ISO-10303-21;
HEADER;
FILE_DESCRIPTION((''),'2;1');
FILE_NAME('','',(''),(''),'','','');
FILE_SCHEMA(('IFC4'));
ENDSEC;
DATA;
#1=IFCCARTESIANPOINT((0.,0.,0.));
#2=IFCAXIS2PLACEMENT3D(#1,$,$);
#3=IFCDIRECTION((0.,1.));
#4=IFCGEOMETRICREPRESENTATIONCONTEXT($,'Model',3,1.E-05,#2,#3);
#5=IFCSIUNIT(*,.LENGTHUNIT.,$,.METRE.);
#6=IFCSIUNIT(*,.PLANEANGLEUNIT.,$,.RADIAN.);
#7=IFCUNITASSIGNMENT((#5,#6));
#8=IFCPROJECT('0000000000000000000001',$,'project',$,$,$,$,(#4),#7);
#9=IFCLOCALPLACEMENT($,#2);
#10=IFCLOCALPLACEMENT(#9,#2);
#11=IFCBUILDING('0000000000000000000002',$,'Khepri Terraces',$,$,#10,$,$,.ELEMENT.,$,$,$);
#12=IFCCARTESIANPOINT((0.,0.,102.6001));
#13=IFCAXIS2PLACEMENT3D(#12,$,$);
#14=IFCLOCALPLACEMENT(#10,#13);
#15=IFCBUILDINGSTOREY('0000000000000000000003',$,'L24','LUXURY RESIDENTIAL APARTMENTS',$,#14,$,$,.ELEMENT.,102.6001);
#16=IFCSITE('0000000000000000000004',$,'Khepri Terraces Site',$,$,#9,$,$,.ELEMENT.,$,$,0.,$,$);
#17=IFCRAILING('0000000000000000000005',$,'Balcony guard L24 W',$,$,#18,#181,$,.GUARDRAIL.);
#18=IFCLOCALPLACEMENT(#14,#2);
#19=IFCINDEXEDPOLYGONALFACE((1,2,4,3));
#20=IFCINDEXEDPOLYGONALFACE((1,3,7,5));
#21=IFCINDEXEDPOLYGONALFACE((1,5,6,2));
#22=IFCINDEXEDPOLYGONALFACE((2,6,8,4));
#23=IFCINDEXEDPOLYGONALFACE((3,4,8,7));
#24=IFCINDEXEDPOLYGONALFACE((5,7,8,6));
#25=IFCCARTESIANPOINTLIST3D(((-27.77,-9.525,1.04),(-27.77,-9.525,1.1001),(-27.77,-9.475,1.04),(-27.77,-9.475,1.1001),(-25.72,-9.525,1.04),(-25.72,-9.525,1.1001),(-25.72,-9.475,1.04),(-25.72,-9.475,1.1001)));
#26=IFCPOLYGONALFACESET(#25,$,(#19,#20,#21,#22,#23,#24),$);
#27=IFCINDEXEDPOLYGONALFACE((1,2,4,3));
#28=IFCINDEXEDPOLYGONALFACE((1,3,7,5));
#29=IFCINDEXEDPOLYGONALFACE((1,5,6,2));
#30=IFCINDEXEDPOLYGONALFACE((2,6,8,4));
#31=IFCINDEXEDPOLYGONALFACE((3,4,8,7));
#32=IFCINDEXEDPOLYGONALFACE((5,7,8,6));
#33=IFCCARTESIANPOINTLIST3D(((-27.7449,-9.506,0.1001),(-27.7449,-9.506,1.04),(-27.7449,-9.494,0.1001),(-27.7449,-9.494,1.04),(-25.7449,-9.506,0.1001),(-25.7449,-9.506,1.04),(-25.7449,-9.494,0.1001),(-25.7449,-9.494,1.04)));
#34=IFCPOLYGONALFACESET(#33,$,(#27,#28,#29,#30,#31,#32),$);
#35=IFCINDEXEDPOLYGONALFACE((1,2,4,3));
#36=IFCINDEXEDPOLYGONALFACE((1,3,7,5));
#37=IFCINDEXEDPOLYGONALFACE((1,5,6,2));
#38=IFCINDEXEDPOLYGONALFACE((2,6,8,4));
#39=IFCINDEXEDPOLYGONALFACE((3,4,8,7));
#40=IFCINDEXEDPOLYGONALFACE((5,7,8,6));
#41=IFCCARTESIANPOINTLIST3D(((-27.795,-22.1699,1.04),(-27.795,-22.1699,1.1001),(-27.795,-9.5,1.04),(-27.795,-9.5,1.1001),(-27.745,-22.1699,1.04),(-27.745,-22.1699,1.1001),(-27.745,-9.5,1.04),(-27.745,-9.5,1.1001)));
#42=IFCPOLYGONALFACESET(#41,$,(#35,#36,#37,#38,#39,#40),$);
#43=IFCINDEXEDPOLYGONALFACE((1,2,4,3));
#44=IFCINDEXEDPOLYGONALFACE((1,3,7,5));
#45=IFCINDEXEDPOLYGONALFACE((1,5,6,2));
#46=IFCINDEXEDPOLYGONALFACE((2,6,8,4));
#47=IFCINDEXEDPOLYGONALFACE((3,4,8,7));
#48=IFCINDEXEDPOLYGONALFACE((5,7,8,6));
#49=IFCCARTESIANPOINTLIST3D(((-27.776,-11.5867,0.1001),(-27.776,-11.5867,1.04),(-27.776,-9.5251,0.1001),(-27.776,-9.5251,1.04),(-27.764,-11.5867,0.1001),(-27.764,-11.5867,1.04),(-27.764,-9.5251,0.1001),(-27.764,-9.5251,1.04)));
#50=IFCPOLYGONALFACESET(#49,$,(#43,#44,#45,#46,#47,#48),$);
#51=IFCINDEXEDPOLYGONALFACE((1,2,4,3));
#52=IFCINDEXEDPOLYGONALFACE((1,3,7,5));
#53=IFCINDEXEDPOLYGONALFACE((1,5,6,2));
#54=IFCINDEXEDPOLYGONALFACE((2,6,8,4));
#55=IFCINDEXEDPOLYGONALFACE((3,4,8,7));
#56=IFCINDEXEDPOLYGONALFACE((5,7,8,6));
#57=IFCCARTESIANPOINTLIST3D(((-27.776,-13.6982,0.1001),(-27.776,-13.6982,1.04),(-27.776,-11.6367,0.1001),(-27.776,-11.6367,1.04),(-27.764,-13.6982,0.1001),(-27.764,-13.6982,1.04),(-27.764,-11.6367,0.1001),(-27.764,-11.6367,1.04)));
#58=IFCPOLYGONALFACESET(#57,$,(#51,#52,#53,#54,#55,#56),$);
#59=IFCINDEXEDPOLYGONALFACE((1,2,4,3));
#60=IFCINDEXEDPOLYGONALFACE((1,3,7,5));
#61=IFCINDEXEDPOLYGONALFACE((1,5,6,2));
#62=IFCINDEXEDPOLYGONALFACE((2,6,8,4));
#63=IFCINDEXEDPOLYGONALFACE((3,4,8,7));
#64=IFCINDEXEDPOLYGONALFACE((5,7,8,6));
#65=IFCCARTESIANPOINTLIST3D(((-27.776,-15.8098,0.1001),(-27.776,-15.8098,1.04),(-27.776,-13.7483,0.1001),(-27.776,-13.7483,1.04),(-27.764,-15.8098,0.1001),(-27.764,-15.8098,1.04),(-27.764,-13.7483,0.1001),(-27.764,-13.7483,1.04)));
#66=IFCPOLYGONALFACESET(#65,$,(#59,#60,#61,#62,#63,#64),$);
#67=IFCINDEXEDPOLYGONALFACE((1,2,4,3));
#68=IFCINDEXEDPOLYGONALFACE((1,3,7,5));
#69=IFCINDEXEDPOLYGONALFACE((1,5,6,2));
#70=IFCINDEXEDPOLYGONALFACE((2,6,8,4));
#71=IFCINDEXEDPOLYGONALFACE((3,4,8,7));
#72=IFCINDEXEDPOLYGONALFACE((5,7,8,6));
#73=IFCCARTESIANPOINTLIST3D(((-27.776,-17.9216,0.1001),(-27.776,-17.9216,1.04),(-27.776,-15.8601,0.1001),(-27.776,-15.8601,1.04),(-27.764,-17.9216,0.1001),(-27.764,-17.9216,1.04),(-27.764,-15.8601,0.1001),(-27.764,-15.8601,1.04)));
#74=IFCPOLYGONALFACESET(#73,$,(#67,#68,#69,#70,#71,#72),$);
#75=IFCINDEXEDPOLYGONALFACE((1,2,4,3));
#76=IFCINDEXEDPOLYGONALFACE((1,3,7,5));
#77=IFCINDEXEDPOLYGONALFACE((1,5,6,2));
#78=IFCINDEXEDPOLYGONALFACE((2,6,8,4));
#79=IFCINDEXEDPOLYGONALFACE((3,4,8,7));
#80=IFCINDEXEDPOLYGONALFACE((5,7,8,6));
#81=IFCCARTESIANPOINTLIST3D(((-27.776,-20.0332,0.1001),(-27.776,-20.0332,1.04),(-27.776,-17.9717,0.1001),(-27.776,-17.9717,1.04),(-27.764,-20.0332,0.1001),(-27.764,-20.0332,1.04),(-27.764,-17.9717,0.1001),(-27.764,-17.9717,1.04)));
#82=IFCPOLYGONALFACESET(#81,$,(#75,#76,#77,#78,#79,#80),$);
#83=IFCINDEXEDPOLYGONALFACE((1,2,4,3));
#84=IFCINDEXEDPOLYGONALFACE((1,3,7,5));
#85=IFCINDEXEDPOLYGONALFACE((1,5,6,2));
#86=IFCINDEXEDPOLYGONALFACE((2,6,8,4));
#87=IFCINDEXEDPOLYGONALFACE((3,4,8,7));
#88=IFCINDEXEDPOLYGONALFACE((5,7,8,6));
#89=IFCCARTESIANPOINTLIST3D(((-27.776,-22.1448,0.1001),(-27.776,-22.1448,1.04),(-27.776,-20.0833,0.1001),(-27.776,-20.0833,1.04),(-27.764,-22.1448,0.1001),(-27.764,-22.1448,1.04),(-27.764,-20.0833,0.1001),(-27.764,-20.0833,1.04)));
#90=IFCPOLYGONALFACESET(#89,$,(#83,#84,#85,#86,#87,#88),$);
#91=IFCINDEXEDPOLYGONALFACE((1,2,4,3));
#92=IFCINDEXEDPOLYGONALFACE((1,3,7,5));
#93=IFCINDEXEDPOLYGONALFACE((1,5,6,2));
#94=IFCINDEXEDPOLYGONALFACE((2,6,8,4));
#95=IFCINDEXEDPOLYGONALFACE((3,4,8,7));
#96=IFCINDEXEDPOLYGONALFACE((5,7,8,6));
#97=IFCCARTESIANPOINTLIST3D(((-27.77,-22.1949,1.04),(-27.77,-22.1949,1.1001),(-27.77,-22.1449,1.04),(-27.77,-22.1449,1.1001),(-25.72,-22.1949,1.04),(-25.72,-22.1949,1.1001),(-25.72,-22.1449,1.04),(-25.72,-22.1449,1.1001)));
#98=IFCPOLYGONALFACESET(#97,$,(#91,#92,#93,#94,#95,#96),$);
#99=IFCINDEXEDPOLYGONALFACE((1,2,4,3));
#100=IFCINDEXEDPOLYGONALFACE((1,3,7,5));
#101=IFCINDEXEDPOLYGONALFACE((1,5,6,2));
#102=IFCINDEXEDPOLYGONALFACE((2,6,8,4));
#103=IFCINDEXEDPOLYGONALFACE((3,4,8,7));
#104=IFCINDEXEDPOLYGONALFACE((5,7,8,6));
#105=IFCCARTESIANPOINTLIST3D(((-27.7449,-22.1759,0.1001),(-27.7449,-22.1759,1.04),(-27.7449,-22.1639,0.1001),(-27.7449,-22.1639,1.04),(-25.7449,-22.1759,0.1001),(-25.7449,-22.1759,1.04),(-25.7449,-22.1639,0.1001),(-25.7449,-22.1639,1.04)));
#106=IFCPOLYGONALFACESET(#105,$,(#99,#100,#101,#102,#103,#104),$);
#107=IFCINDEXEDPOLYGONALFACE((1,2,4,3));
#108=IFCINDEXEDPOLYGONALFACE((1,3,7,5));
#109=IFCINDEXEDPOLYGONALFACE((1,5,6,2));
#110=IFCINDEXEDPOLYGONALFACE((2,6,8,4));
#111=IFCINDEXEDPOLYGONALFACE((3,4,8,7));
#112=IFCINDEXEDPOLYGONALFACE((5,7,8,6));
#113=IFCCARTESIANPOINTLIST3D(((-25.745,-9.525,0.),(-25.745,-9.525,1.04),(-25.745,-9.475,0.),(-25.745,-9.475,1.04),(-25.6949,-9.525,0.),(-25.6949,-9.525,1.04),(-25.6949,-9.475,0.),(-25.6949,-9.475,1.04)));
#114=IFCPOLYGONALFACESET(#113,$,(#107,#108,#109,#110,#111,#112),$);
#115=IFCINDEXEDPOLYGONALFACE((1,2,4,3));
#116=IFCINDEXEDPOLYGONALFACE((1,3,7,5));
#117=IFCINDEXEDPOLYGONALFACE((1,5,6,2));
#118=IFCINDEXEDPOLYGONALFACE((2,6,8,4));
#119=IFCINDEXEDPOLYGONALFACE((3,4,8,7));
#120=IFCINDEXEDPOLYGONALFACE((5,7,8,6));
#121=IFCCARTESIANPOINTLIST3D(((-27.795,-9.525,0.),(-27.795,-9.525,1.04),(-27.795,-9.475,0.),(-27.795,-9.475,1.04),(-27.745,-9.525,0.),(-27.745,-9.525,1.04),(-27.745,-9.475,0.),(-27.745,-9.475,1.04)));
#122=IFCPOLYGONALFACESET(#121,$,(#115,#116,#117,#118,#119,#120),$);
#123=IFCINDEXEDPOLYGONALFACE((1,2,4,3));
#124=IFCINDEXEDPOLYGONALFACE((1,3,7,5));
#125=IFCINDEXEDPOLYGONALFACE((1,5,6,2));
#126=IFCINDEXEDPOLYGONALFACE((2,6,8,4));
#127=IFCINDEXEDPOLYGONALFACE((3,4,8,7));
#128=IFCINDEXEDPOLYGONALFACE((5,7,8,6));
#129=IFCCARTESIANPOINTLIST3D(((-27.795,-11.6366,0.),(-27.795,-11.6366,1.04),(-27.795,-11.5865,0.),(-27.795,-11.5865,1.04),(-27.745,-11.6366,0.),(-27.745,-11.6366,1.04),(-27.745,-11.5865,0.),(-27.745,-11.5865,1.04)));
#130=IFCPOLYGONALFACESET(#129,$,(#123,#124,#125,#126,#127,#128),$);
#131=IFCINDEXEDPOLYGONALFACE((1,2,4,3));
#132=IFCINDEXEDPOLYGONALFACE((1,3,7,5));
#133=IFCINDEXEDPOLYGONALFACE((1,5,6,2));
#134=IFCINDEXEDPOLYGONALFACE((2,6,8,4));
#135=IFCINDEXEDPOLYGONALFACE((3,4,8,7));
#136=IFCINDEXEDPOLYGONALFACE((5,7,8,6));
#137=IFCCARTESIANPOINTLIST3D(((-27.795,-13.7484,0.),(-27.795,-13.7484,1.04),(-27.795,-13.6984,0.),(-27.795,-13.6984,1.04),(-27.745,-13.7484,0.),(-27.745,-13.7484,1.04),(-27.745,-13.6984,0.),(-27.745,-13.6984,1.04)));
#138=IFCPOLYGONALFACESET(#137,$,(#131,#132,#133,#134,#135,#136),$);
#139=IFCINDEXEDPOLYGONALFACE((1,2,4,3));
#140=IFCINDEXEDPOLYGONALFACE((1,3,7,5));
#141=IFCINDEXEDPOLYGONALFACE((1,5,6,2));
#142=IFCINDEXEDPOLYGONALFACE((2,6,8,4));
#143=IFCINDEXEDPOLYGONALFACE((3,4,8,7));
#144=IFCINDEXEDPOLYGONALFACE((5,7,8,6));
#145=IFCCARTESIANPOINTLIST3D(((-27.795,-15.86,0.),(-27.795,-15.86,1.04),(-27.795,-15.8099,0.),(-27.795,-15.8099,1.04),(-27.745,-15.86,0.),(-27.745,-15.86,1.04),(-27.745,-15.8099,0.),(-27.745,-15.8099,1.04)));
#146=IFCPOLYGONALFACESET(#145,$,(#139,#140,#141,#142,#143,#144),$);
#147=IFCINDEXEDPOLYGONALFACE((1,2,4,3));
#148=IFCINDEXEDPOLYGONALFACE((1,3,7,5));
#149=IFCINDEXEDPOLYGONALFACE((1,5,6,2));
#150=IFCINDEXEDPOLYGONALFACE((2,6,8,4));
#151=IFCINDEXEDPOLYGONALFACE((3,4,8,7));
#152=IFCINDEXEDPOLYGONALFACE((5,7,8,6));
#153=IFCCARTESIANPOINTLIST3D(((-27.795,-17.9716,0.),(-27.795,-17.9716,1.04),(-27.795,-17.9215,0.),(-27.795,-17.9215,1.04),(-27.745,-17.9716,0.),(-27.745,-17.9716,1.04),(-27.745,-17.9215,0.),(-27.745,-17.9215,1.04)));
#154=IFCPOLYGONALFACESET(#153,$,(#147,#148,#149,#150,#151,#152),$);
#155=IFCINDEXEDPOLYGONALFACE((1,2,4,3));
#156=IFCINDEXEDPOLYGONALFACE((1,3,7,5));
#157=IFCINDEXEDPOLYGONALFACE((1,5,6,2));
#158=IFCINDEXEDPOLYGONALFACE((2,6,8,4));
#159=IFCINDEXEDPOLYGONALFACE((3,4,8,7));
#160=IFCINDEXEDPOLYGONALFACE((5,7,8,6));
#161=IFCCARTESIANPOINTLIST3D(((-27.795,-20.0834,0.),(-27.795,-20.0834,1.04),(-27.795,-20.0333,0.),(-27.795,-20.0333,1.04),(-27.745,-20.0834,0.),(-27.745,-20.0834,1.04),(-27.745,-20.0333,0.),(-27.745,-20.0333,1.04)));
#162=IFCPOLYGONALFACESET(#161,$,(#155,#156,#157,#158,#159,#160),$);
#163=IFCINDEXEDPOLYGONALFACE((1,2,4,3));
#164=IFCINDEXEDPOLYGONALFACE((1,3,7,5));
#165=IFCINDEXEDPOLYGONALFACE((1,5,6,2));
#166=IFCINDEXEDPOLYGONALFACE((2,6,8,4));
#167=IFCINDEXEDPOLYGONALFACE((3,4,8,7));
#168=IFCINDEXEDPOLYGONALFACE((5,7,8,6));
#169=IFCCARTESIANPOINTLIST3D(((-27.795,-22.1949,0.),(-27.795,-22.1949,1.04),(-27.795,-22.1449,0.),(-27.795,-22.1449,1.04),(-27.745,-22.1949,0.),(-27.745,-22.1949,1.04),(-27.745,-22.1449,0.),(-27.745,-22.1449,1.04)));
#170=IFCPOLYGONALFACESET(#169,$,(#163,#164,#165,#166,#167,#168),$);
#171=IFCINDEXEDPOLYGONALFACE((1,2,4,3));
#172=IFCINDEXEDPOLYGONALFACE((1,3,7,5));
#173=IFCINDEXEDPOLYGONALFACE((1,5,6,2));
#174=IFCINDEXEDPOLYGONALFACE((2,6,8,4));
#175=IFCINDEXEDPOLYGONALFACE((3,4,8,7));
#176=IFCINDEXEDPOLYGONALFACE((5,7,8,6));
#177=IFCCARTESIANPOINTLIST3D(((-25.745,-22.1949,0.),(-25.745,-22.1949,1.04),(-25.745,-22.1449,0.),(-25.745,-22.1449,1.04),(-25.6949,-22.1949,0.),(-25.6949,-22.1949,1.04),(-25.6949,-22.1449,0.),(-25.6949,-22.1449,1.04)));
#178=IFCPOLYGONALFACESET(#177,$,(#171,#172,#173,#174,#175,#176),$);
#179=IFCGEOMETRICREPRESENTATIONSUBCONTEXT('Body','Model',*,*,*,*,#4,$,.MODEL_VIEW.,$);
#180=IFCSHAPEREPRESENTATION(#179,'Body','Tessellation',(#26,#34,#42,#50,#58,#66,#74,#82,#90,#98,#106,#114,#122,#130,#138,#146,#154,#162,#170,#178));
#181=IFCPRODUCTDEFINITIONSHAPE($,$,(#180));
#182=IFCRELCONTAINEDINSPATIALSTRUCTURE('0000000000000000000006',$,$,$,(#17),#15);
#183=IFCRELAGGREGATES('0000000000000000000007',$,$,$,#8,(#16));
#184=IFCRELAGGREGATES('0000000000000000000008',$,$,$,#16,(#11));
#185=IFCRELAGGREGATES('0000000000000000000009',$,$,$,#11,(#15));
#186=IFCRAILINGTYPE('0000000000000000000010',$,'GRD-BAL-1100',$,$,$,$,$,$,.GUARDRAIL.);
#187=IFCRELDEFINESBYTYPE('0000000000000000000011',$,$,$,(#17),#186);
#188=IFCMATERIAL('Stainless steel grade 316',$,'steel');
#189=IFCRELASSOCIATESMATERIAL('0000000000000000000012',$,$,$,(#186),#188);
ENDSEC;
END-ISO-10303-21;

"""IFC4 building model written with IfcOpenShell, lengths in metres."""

from ifc_helpers import new_model, si_unit, direction, frame, origin, origin_2d, place, context, subcontext, project, spatial, rectangle, extrude, material, type_object, element, save


model = new_model("IFC4")

# Units and contexts
model_context = context("Model", 3, precision=1e-05, world=origin(), true_north=direction((0.0, 1.0)))
body_context = subcontext(model_context, "Body", "Model", "MODEL_VIEW")
ifc_project = project(units=[si_unit("LENGTHUNIT", "METRE"), si_unit("PLANEANGLEUNIT", "RADIAN")], contexts=[model_context])

# Site, building, storey
site_placement = place(None, origin())
site = spatial("IfcSite", under=ifc_project, at=site_placement, Name="Khepri Terraces Site", CompositionType="ELEMENT", RefElevation=0.0)
building_placement = place(site_placement, origin())
building = spatial("IfcBuilding", under=site, at=building_placement, Name="Khepri Terraces", CompositionType="ELEMENT")
storey_placement = place(building_placement, frame((0.0, 0.0, 102.6001)))
storey = spatial("IfcBuildingStorey", under=building, at=storey_placement, Name="L24", Description="LUXURY RESIDENTIAL APARTMENTS", CompositionType="ELEMENT", Elevation=102.6001)

# Railing
ifc_material_1 = material(Name="Stainless steel grade 316", Category="steel")
railing_type_1 = type_object("IfcRailingType", Name="GRD-BAL-1100", PredefinedType="GUARDRAIL", material=ifc_material_1)
railing_1_placement = place(storey_placement, frame((-25.72, -9.5, 0.0)))
element("IfcRailing", 1, at=railing_1_placement, inside=storey, type_object=railing_type_1, Name="Balcony guard L24 W", PredefinedType="GUARDRAIL", context=body_context, shape_type="SweptSolid", body=[
    extrude(rectangle(XDim=0.05, YDim=0.0601, at=origin_2d()), frame((0.0, 0.0, 1.0701), z_axis=(-1.0, 0.0, 0.0), x_axis=(0.0, -1.0, 0.0)), (0.0, 0.0, 1.0), 2.05),
    extrude(rectangle(XDim=2.0, YDim=0.012, at=origin_2d()), frame((-1.0249, 0.0, 0.1001), z_axis=(0.0, 0.0, 1.0), x_axis=(-1.0, 0.0, 0.0)), (0.0, 0.0, 1.0), 0.9399),
    extrude(rectangle(XDim=0.05, YDim=0.0601, at=origin_2d()), frame((-2.05, 0.0, 1.0701), z_axis=(0.0, -1.0, 0.0), x_axis=(1.0, 0.0, 0.0)), (0.0, 0.0, 1.0), 12.6699),
    extrude(rectangle(XDim=2.0615, YDim=0.012, at=origin_2d()), frame((-2.05, -1.0559, 0.1001), z_axis=(0.0, 0.0, 1.0), x_axis=(0.0, -1.0, 0.0)), (0.0, 0.0, 1.0), 0.9399),
    extrude(rectangle(XDim=2.0615, YDim=0.012, at=origin_2d()), frame((-2.05, -3.1675, 0.1001), z_axis=(0.0, 0.0, 1.0), x_axis=(0.0, -1.0, 0.0)), (0.0, 0.0, 1.0), 0.9399),
    extrude(rectangle(XDim=2.0615, YDim=0.012, at=origin_2d()), frame((-2.05, -5.2791, 0.1001), z_axis=(0.0, 0.0, 1.0), x_axis=(0.0, -1.0, 0.0)), (0.0, 0.0, 1.0), 0.9399),
    extrude(rectangle(XDim=2.0615, YDim=0.012, at=origin_2d()), frame((-2.05, -7.3909, 0.1001), z_axis=(0.0, 0.0, 1.0), x_axis=(0.0, -1.0, 0.0)), (0.0, 0.0, 1.0), 0.9399),
    extrude(rectangle(XDim=2.0615, YDim=0.012, at=origin_2d()), frame((-2.05, -9.5024, 0.1001), z_axis=(0.0, 0.0, 1.0), x_axis=(0.0, -1.0, 0.0)), (0.0, 0.0, 1.0), 0.9399),
    extrude(rectangle(XDim=2.0615, YDim=0.012, at=origin_2d()), frame((-2.05, -11.614, 0.1001), z_axis=(0.0, 0.0, 1.0), x_axis=(0.0, -1.0, 0.0)), (0.0, 0.0, 1.0), 0.9399),
    extrude(rectangle(XDim=0.05, YDim=0.0601, at=origin_2d()), frame((-2.05, -12.6699, 1.0701), z_axis=(1.0, 0.0, 0.0), x_axis=(0.0, 1.0, 0.0)), (0.0, 0.0, 1.0), 2.05),
    extrude(rectangle(XDim=2.0, YDim=0.012, at=origin_2d()), frame((-1.0249, -12.6699, 0.1001), z_axis=(0.0, 0.0, 1.0), x_axis=(1.0, 0.0, 0.0)), (0.0, 0.0, 1.0), 0.9399),
    extrude(rectangle(XDim=0.05, YDim=0.05, at=origin_2d()), origin(), (0.0, 0.0, 1.0), 1.04),
    extrude(rectangle(XDim=0.05, YDim=0.05, at=origin_2d()), frame((-2.05, 0.0, 0.0)), (0.0, 0.0, 1.0), 1.04),
    extrude(rectangle(XDim=0.05, YDim=0.05, at=origin_2d()), frame((-2.05, -2.1116, 0.0)), (0.0, 0.0, 1.0), 1.04),
    extrude(rectangle(XDim=0.05, YDim=0.05, at=origin_2d()), frame((-2.05, -4.2234, 0.0)), (0.0, 0.0, 1.0), 1.04),
    extrude(rectangle(XDim=0.05, YDim=0.05, at=origin_2d()), frame((-2.05, -6.335, 0.0)), (0.0, 0.0, 1.0), 1.04),
    extrude(rectangle(XDim=0.05, YDim=0.05, at=origin_2d()), frame((-2.05, -8.4465, 0.0)), (0.0, 0.0, 1.0), 1.04),
    extrude(rectangle(XDim=0.05, YDim=0.05, at=origin_2d()), frame((-2.05, -10.5583, 0.0)), (0.0, 0.0, 1.0), 1.04),
    extrude(rectangle(XDim=0.05, YDim=0.05, at=origin_2d()), frame((-2.05, -12.6699, 0.0)), (0.0, 0.0, 1.0), 1.04),
    extrude(rectangle(XDim=0.05, YDim=0.05, at=origin_2d()), frame((0.0, -12.6699, 0.0)), (0.0, 0.0, 1.0), 1.04),
])

save(model, "model.ifc")
